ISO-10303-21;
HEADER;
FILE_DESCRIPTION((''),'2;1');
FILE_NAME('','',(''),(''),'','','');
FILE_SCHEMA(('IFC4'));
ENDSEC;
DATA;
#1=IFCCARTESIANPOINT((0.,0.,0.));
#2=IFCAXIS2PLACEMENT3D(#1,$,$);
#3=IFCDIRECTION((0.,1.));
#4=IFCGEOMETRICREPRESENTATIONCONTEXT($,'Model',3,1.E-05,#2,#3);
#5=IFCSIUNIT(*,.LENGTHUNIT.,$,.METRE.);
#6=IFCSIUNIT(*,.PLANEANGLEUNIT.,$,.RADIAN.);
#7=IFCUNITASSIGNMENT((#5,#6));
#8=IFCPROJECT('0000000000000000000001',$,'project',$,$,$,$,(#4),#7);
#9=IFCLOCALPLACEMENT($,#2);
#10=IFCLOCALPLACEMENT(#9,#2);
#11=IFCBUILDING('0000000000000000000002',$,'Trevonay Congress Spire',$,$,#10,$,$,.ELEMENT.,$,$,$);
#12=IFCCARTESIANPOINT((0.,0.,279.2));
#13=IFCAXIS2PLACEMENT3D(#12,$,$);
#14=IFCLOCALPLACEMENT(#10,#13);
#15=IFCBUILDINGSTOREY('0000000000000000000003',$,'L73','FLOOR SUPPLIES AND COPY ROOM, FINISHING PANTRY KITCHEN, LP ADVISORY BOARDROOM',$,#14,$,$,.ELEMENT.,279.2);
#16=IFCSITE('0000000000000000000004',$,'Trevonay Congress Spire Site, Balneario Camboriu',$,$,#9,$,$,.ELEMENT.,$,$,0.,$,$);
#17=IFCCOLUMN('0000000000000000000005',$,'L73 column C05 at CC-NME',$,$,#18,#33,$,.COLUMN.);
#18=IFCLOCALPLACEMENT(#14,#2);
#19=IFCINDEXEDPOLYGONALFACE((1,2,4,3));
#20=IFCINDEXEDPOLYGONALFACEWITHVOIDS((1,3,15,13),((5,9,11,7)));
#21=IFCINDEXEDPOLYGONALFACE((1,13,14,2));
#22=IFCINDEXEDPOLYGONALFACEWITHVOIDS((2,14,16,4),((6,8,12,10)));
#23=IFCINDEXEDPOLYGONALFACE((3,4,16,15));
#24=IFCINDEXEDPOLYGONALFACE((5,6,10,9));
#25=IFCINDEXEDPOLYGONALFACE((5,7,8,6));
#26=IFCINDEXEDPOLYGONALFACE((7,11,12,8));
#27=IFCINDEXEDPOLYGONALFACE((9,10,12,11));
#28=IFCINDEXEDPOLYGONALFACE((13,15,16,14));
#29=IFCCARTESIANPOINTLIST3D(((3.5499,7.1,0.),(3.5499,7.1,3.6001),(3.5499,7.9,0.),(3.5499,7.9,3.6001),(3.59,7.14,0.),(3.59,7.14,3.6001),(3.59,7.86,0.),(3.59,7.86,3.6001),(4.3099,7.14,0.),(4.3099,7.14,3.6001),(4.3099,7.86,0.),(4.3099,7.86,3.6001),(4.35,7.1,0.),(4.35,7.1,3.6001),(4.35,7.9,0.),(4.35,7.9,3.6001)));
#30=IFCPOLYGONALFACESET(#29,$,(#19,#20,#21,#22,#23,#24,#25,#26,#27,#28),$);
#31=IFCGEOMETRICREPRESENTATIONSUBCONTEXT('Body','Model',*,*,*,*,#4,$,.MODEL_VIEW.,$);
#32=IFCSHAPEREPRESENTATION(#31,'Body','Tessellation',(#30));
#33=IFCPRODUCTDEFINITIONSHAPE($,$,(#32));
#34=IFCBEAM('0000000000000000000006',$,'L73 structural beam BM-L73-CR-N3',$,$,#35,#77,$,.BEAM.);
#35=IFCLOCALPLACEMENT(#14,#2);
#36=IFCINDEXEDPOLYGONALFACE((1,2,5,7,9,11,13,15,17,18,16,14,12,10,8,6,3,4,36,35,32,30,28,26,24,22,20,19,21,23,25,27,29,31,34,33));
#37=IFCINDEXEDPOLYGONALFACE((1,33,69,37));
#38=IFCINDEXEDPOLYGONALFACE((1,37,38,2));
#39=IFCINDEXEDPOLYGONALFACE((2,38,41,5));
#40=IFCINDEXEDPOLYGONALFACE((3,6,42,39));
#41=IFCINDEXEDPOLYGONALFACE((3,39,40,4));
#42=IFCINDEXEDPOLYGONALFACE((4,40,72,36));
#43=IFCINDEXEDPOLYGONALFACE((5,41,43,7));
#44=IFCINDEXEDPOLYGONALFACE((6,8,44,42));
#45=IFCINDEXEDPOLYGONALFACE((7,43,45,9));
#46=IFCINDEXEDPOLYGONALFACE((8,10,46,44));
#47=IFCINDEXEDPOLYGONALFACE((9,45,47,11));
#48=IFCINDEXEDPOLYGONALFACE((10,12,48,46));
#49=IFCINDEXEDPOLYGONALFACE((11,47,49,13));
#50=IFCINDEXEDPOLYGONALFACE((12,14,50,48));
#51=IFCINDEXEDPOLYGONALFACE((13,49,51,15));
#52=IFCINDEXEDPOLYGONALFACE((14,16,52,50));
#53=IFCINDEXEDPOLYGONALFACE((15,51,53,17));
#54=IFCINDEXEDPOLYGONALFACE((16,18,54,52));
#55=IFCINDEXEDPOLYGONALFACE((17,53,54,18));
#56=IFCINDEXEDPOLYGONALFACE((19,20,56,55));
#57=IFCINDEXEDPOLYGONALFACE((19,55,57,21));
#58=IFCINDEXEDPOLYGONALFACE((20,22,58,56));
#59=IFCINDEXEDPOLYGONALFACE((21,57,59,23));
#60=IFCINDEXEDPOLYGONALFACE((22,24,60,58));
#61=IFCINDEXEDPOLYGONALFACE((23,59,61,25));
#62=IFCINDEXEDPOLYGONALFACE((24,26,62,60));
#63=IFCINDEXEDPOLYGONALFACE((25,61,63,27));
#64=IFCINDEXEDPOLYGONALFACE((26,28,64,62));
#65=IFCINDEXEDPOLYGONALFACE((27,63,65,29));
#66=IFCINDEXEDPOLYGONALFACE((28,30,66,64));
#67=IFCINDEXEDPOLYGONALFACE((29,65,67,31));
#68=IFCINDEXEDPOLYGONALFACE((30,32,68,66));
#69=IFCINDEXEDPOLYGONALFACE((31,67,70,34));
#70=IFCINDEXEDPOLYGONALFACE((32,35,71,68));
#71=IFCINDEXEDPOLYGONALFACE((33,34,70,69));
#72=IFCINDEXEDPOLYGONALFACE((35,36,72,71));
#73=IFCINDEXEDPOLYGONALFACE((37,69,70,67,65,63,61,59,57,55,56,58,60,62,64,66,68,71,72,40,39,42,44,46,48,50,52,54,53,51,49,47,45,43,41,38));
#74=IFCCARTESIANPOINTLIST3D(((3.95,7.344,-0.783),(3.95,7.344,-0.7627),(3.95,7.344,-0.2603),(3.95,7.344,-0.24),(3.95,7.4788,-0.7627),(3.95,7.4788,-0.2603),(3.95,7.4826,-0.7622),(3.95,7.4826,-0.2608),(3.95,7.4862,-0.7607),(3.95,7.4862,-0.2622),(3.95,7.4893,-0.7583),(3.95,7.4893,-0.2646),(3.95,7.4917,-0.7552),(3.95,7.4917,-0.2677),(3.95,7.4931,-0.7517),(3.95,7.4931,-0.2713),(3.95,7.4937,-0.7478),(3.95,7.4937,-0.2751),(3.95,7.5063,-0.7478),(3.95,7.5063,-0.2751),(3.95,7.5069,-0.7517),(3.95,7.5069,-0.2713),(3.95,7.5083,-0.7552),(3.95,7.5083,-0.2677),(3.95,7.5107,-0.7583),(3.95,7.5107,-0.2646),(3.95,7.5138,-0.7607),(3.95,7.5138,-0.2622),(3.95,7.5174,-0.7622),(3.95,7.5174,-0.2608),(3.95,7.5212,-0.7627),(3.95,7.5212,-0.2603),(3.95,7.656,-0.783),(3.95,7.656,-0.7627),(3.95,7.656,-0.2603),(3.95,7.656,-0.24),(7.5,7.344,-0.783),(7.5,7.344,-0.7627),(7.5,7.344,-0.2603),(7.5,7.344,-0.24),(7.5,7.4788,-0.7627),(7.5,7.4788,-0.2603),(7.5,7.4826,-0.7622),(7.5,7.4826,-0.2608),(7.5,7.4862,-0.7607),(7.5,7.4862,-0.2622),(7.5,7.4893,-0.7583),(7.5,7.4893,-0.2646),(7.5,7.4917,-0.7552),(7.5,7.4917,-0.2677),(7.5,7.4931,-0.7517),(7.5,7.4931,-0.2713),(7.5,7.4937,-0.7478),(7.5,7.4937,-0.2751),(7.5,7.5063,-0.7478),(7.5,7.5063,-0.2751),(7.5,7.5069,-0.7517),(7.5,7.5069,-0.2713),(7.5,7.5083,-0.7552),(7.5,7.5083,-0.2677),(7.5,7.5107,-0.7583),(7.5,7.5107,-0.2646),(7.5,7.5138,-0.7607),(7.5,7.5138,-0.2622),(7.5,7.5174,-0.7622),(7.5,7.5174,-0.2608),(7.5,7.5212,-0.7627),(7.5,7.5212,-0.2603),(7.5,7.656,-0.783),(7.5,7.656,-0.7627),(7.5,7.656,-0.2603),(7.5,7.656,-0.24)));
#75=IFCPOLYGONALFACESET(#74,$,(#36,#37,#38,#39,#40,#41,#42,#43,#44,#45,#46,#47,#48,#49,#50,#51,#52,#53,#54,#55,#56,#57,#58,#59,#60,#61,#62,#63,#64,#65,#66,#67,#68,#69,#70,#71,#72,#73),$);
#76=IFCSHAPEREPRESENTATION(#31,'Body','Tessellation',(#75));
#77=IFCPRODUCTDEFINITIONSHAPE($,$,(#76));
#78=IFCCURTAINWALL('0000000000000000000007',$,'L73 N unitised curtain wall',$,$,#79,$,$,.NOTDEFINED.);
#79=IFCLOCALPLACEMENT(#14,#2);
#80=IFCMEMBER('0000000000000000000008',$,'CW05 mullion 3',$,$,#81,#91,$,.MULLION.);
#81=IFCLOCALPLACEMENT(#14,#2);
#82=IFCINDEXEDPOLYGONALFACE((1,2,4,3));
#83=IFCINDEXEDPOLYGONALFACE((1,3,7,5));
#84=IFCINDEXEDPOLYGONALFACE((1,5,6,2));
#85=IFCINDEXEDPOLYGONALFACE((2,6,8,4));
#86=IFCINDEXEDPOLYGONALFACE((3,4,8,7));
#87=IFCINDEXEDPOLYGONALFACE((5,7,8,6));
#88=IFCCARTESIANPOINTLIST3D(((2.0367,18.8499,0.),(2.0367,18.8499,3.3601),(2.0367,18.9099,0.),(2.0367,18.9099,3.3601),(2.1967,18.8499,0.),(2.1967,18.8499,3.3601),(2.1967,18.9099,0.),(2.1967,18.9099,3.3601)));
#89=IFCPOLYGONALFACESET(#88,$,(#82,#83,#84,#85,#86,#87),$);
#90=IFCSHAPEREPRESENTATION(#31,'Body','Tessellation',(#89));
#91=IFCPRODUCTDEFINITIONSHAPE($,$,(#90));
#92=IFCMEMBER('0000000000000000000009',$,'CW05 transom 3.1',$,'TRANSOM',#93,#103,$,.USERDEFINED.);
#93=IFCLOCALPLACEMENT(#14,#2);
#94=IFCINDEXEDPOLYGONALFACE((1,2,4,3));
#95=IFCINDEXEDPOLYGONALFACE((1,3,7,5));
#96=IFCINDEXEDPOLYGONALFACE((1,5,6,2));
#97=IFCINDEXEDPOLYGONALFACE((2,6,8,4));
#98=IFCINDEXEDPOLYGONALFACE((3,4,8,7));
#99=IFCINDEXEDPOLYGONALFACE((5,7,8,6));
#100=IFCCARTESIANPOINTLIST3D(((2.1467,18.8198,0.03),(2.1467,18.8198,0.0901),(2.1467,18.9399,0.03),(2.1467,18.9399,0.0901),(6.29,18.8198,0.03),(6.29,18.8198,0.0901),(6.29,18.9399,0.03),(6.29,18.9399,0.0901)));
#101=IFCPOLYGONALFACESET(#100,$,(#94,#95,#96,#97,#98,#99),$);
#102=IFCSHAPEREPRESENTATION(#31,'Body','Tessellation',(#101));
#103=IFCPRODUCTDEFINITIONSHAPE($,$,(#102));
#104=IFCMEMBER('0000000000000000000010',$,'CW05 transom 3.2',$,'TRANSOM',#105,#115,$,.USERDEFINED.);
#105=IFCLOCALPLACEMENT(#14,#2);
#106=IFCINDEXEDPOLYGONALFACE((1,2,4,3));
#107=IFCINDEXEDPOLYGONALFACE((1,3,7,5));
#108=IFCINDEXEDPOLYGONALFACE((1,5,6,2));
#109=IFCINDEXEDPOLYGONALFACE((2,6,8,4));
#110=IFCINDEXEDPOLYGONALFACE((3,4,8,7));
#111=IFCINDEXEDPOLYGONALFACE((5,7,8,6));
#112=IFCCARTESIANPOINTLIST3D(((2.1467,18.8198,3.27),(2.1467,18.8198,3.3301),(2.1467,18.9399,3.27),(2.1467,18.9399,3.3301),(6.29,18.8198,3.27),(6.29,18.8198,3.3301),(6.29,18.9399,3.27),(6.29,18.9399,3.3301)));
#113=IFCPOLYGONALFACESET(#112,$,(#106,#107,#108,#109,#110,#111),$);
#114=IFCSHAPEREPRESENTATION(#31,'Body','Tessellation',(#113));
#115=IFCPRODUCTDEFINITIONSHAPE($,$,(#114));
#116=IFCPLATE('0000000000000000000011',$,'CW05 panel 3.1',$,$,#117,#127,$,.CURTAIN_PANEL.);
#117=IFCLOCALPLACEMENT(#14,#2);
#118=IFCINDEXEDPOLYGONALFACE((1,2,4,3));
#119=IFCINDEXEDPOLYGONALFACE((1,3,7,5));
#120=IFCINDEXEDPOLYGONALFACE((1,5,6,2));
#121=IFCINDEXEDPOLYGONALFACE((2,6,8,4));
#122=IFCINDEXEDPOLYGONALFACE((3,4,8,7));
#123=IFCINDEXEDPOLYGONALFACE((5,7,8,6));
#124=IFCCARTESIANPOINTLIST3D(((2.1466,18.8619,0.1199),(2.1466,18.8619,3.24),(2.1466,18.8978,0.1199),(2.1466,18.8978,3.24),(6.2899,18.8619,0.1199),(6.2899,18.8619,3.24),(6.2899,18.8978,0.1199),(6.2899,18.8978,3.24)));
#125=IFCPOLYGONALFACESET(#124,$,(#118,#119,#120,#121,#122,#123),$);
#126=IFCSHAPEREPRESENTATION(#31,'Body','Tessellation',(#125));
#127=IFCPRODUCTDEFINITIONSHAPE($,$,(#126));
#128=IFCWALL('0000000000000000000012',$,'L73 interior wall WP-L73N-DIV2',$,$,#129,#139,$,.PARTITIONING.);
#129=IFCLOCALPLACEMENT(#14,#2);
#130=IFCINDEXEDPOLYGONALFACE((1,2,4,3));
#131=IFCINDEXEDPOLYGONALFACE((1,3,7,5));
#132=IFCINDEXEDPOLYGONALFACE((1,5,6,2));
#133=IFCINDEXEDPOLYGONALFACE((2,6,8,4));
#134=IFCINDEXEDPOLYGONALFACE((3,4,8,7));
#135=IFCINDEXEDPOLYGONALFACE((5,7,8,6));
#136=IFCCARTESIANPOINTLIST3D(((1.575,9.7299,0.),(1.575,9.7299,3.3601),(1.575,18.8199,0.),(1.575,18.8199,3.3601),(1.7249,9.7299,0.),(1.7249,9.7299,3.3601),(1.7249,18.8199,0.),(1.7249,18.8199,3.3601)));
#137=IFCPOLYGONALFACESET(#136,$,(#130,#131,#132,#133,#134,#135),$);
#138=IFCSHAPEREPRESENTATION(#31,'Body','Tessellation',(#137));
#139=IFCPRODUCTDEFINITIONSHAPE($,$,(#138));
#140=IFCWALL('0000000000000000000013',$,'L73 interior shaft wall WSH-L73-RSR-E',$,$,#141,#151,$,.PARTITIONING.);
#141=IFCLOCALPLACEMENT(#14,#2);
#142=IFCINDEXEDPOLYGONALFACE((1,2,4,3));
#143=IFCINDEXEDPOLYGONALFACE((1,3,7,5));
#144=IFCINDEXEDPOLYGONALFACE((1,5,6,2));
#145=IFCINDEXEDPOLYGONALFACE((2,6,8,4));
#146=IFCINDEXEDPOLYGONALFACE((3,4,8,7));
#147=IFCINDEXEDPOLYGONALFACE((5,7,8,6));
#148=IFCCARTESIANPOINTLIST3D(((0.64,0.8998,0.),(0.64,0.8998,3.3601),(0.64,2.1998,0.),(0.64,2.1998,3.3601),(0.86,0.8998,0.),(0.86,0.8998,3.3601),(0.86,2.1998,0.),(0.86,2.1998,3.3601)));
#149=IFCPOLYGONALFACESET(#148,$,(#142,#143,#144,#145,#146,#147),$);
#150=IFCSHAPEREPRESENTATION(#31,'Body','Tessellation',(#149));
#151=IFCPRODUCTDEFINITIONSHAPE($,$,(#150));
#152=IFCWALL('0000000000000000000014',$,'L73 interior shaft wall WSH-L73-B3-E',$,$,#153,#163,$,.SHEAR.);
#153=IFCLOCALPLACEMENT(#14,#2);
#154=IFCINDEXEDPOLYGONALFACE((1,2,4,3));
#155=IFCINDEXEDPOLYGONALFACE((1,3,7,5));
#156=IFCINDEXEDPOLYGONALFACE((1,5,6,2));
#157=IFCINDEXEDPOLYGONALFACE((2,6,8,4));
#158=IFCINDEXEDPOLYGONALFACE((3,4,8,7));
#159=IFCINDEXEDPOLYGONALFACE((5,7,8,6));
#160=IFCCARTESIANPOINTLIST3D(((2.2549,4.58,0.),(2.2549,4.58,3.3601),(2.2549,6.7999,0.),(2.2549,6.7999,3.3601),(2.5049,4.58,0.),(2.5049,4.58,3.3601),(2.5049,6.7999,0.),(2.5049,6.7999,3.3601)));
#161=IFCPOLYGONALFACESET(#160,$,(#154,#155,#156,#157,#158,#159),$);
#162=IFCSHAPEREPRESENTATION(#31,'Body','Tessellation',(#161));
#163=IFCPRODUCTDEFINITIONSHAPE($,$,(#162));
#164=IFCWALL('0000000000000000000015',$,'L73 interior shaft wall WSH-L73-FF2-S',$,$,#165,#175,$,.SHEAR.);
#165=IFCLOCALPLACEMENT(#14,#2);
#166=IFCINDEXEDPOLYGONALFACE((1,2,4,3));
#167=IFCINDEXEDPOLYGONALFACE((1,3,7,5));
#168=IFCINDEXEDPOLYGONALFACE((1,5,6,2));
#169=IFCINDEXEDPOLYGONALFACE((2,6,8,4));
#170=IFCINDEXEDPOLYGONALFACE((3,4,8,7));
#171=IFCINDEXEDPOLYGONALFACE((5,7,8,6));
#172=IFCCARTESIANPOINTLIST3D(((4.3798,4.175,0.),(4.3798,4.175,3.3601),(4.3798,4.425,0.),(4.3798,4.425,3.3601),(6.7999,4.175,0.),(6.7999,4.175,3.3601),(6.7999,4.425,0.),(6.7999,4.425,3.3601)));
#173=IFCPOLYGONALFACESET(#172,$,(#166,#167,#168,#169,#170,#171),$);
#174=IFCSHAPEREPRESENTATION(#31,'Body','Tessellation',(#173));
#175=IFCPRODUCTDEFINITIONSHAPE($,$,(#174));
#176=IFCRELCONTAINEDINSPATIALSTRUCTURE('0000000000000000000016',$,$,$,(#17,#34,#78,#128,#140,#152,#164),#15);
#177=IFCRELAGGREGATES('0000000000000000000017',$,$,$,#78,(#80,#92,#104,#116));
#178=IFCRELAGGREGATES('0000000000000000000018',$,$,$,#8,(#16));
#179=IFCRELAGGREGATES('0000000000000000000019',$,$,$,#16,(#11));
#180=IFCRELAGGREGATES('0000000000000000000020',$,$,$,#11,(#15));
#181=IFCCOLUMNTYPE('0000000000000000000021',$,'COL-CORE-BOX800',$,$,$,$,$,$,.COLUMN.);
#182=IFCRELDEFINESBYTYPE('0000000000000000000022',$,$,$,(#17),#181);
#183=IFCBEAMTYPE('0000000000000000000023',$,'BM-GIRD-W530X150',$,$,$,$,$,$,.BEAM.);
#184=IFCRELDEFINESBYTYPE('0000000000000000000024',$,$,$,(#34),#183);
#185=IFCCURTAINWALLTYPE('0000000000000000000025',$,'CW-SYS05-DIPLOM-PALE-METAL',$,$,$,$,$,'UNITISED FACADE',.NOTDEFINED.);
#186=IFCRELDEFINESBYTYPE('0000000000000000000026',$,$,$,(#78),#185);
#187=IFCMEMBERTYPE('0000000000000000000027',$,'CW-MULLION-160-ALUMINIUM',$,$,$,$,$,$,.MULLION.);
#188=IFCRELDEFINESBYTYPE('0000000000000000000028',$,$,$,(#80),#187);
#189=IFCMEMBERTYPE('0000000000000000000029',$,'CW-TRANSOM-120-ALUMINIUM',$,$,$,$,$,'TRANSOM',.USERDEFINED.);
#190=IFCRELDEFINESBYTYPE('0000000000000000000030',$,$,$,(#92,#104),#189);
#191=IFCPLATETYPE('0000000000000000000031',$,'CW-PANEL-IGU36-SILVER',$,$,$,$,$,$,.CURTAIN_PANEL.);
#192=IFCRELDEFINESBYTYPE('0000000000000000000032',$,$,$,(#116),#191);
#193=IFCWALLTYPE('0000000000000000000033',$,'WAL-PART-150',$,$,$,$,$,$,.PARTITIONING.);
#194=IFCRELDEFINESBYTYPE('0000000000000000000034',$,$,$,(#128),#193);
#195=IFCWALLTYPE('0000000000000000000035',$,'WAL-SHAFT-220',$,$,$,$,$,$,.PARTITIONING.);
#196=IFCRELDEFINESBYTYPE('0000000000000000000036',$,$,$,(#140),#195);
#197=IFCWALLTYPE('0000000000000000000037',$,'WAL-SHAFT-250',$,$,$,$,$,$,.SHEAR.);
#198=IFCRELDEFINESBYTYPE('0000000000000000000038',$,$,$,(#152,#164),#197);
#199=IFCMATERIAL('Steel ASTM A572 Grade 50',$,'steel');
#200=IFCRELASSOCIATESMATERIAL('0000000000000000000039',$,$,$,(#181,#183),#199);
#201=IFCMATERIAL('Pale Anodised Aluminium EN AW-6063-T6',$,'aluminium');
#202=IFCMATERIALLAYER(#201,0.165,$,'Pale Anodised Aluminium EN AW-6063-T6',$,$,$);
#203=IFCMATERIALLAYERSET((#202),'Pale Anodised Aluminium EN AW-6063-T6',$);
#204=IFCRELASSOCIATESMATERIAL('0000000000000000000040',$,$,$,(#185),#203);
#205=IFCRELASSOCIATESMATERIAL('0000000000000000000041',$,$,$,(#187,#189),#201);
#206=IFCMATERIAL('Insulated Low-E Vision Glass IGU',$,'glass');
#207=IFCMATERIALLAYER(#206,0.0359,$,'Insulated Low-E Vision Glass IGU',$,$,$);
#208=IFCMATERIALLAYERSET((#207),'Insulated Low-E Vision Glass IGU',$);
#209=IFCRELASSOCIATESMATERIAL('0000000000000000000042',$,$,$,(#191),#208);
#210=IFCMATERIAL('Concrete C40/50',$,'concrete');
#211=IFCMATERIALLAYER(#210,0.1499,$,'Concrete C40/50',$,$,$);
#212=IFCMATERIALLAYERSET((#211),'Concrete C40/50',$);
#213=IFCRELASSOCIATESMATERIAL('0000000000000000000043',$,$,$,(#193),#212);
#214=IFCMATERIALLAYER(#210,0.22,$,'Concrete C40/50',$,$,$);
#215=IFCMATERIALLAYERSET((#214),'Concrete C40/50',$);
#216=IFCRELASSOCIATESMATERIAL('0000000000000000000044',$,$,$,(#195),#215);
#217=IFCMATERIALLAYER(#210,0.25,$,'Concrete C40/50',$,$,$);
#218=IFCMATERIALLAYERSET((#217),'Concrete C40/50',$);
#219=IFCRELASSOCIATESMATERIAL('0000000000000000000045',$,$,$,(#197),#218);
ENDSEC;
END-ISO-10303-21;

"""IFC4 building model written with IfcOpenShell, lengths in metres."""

from ifc_helpers import new_model, si_unit, direction, frame, frame_2d, origin, origin_2d, place, context, subcontext, project, spatial, rectangle, hollow_rectangle, i_section, extrude, material, layer, layer_set, material_profile, profile_set, type_object, element, aggregate, save


model = new_model("IFC4")

# Units and contexts
model_context = context("Model", 3, precision=1e-05, world=origin(), true_north=direction((0.0, 1.0)))
body_context = subcontext(model_context, "Body", "Model", "MODEL_VIEW")
ifc_project = project(units=[si_unit("LENGTHUNIT", "METRE"), si_unit("PLANEANGLEUNIT", "RADIAN")], contexts=[model_context])

# Site, building, storey
site_placement = place(None, origin())
site = spatial("IfcSite", under=ifc_project, at=site_placement, Name="Trevonay Congress Spire Site, Balneario Camboriu", CompositionType="ELEMENT", RefElevation=0.0)
building_placement = place(site_placement, origin())
building = spatial("IfcBuilding", under=site, at=building_placement, Name="Trevonay Congress Spire", CompositionType="ELEMENT")
storey_placement = place(building_placement, frame((0.0, 0.0, 279.2)))
storey = spatial("IfcBuildingStorey", under=building, at=storey_placement, Name="L73", Description="FLOOR SUPPLIES AND COPY ROOM, FINISHING PANTRY KITCHEN, LP ADVISORY BOARDROOM", CompositionType="ELEMENT", Elevation=279.2)

# Column
ifc_material_1 = material(Name="Steel ASTM A572 Grade 50", Category="steel")
ifc_material_profile_1 = material_profile(ifc_material_1, hollow_rectangle(XDim=0.8, YDim=0.8, WallThickness=0.04, at=origin_2d()), Name="BOX 800x800x40")
ifc_profile_set_1 = profile_set([ifc_material_profile_1], Name="Steel ASTM A572 Grade 50")
column_type = type_object("IfcColumnType", Name="COL-CORE-BOX800", PredefinedType="COLUMN", material=ifc_profile_set_1)
column_placement = place(storey_placement, frame((3.95, 7.5, 0.0), z_axis=(0.0, 0.0, 1.0), x_axis=(1.0, 0.0, 0.0)))
element("IfcColumn", 1, at=column_placement, inside=storey, type_object=column_type, Name="L73 column C05 at CC-NME", PredefinedType="COLUMN", context=body_context, shape_type="SweptSolid", body=[
    extrude(hollow_rectangle(XDim=0.8, YDim=0.8, WallThickness=0.04, at=origin_2d()), origin(), (0.0, 0.0, 1.0), 3.6001),
])

# Beam
ifc_material_profile_2 = material_profile(ifc_material_1, i_section(OverallWidth=0.312, OverallDepth=0.543, WebThickness=0.0127, FlangeThickness=0.0203, FilletRadius=0.0149, at=origin_2d()), Name="W530x150")
ifc_profile_set_2 = profile_set([ifc_material_profile_2], Name="Steel ASTM A572 Grade 50")
beam_type = type_object("IfcBeamType", Name="BM-GIRD-W530X150", PredefinedType="BEAM", material=ifc_profile_set_2)
beam_placement = place(storey_placement, frame((3.95, 7.5, -0.5115), z_axis=(1.0, 0.0, 0.0), x_axis=(0.0, 1.0, 0.0)))
element("IfcBeam", 2, at=beam_placement, inside=storey, type_object=beam_type, Name="L73 structural beam BM-L73-CR-N3", PredefinedType="BEAM", context=body_context, shape_type="SweptSolid", body=[
    extrude(i_section(OverallWidth=0.312, OverallDepth=0.543, WebThickness=0.0127, FlangeThickness=0.0203, FilletRadius=0.0149, at=origin_2d()), origin(), (0.0, 0.0, 1.0), 3.55),
])

# Curtain wall, members, plate
ifc_material_2 = material(Name="Pale Anodised Aluminium EN AW-6063-T6", Category="aluminium")
ifc_layer_1 = layer(ifc_material_2, 0.165, Name="Pale Anodised Aluminium EN AW-6063-T6")
ifc_layer_set_1 = layer_set([ifc_layer_1], Name="Pale Anodised Aluminium EN AW-6063-T6")
curtain_wall_type = type_object("IfcCurtainWallType", Name="CW-SYS05-DIPLOM-PALE-METAL", ElementType="UNITISED FACADE", PredefinedType="NOTDEFINED", material=ifc_layer_set_1)
curtain_wall_placement = place(storey_placement, origin())
curtain_wall = element("IfcCurtainWall", 3, at=curtain_wall_placement, inside=storey, type_object=curtain_wall_type, Name="L73 N unitised curtain wall", PredefinedType="NOTDEFINED")
ifc_material_profile_3 = material_profile(ifc_material_2, rectangle(XDim=0.0601, YDim=0.1599, at=origin_2d()), Name="CW-MULLION-160-ALUMINIUM")
ifc_profile_set_3 = profile_set([ifc_material_profile_3], Name="Pale Anodised Aluminium EN AW-6063-T6")
member_type_1 = type_object("IfcMemberType", Name="CW-MULLION-160-ALUMINIUM", PredefinedType="MULLION", material=ifc_profile_set_3)
member_1_placement = place(storey_placement, frame((2.1167, 18.8799, 0.0), z_axis=(0.0, 0.0, 1.0), x_axis=(0.0, 1.0, 0.0)))
member_1 = element("IfcMember", 4, at=member_1_placement, type_object=member_type_1, Name="CW05 mullion 3", PredefinedType="MULLION", context=body_context, shape_type="SweptSolid", body=[
    extrude(rectangle(XDim=0.0601, YDim=0.1599, at=origin_2d()), origin(), (0.0, 0.0, 1.0), 3.3601),
])
ifc_material_profile_4 = material_profile(ifc_material_2, rectangle(XDim=0.1201, YDim=0.0601, at=origin_2d()), Name="CW-TRANSOM-120-ALUMINIUM")
ifc_profile_set_4 = profile_set([ifc_material_profile_4], Name="Pale Anodised Aluminium EN AW-6063-T6")
member_type_2 = type_object("IfcMemberType", Name="CW-TRANSOM-120-ALUMINIUM", ElementType="TRANSOM", PredefinedType="USERDEFINED", material=ifc_profile_set_4)
member_2_placement = place(storey_placement, frame((2.1467, 18.8799, 0.0601), z_axis=(1.0, 0.0, 0.0), x_axis=(0.0, 1.0, 0.0)))
member_2 = element("IfcMember", 5, at=member_2_placement, type_object=member_type_2, Name="CW05 transom 3.1", ObjectType="TRANSOM", PredefinedType="USERDEFINED", context=body_context, shape_type="SweptSolid", body=[
    extrude(rectangle(XDim=0.1201, YDim=0.0601, at=origin_2d()), origin(), (0.0, 0.0, 1.0), 4.1433),
])
member_3_placement = place(storey_placement, frame((2.1467, 18.8799, 3.3), z_axis=(1.0, 0.0, 0.0), x_axis=(0.0, 1.0, 0.0)))
member_3 = element("IfcMember", 6, at=member_3_placement, type_object=member_type_2, Name="CW05 transom 3.2", ObjectType="TRANSOM", PredefinedType="USERDEFINED", context=body_context, shape_type="SweptSolid", body=[
    extrude(rectangle(XDim=0.1201, YDim=0.0601, at=origin_2d()), origin(), (0.0, 0.0, 1.0), 4.1433),
])
ifc_material_3 = material(Name="Insulated Low-E Vision Glass IGU", Category="glass")
ifc_layer_2 = layer(ifc_material_3, 0.0359, Name="Insulated Low-E Vision Glass IGU")
ifc_layer_set_2 = layer_set([ifc_layer_2], Name="Insulated Low-E Vision Glass IGU")
plate_type = type_object("IfcPlateType", Name="CW-PANEL-IGU36-SILVER", PredefinedType="CURTAIN_PANEL", material=ifc_layer_set_2)
plate_placement = place(storey_placement, frame((4.2183, 18.8799, 0.1199), z_axis=(0.0, 0.0, 1.0), x_axis=(1.0, 0.0, 0.0)))
plate = element("IfcPlate", 7, at=plate_placement, type_object=plate_type, Name="CW05 panel 3.1", PredefinedType="CURTAIN_PANEL", context=body_context, shape_type="SweptSolid", body=[
    extrude(rectangle(XDim=4.1433, YDim=0.0359, at=origin_2d()), origin(), (0.0, 0.0, 1.0), 3.1201),
])
aggregate(curtain_wall, [member_1, member_2, member_3, plate])

# Walls
ifc_material_4 = material(Name="Concrete C40/50", Category="concrete")
ifc_layer_3 = layer(ifc_material_4, 0.1499, Name="Concrete C40/50")
ifc_layer_set_3 = layer_set([ifc_layer_3], Name="Concrete C40/50")
wall_type_1 = type_object("IfcWallType", Name="WAL-PART-150", PredefinedType="PARTITIONING", material=ifc_layer_set_3)
wall_1_placement = place(storey_placement, frame((1.6499, 9.73, 0.0), z_axis=(0.0, 0.0, 1.0), x_axis=(0.0, 1.0, 0.0)))
element("IfcWall", 8, at=wall_1_placement, inside=storey, type_object=wall_type_1, Name="L73 interior wall WP-L73N-DIV2", PredefinedType="PARTITIONING", context=body_context, shape_type="SweptSolid", body=[
    extrude(rectangle(XDim=9.0901, YDim=0.1499, at=frame_2d((4.5449, 0.0))), origin(), (0.0, 0.0, 1.0), 3.3601),
])
ifc_layer_4 = layer(ifc_material_4, 0.22, Name="Concrete C40/50")
ifc_layer_set_4 = layer_set([ifc_layer_4], Name="Concrete C40/50")
wall_type_2 = type_object("IfcWallType", Name="WAL-SHAFT-220", PredefinedType="PARTITIONING", material=ifc_layer_set_4)
wall_2_placement = place(storey_placement, frame((0.75, 0.8999, 0.0), z_axis=(0.0, 0.0, 1.0), x_axis=(0.0, 1.0, 0.0)))
element("IfcWall", 9, at=wall_2_placement, inside=storey, type_object=wall_type_2, Name="L73 interior shaft wall WSH-L73-RSR-E", PredefinedType="PARTITIONING", context=body_context, shape_type="SweptSolid", body=[
    extrude(rectangle(XDim=1.3, YDim=0.22, at=frame_2d((0.6499, 0.0))), origin(), (0.0, 0.0, 1.0), 3.3601),
])
ifc_layer_5 = layer(ifc_material_4, 0.25, Name="Concrete C40/50")
ifc_layer_set_5 = layer_set([ifc_layer_5], Name="Concrete C40/50")
wall_type_3 = type_object("IfcWallType", Name="WAL-SHAFT-250", PredefinedType="SHEAR", material=ifc_layer_set_5)
wall_3_placement = place(storey_placement, frame((2.3799, 4.5801, 0.0), z_axis=(0.0, 0.0, 1.0), x_axis=(0.0, 1.0, 0.0)))
element("IfcWall", 10, at=wall_3_placement, inside=storey, type_object=wall_type_3, Name="L73 interior shaft wall WSH-L73-B3-E", PredefinedType="SHEAR", context=body_context, shape_type="SweptSolid", body=[
    extrude(rectangle(XDim=2.22, YDim=0.25, at=frame_2d((1.1099, 0.0))), origin(), (0.0, 0.0, 1.0), 3.3601),
])
wall_4_placement = place(storey_placement, frame((4.3799, 4.3, 0.0), z_axis=(0.0, 0.0, 1.0), x_axis=(1.0, 0.0, 0.0)))
element("IfcWall", 11, at=wall_4_placement, inside=storey, type_object=wall_type_3, Name="L73 interior shaft wall WSH-L73-FF2-S", PredefinedType="SHEAR", context=body_context, shape_type="SweptSolid", body=[
    extrude(rectangle(XDim=2.4202, YDim=0.25, at=frame_2d((1.21, 0.0))), origin(), (0.0, 0.0, 1.0), 3.3601),
])

save(model, "model.ifc")
